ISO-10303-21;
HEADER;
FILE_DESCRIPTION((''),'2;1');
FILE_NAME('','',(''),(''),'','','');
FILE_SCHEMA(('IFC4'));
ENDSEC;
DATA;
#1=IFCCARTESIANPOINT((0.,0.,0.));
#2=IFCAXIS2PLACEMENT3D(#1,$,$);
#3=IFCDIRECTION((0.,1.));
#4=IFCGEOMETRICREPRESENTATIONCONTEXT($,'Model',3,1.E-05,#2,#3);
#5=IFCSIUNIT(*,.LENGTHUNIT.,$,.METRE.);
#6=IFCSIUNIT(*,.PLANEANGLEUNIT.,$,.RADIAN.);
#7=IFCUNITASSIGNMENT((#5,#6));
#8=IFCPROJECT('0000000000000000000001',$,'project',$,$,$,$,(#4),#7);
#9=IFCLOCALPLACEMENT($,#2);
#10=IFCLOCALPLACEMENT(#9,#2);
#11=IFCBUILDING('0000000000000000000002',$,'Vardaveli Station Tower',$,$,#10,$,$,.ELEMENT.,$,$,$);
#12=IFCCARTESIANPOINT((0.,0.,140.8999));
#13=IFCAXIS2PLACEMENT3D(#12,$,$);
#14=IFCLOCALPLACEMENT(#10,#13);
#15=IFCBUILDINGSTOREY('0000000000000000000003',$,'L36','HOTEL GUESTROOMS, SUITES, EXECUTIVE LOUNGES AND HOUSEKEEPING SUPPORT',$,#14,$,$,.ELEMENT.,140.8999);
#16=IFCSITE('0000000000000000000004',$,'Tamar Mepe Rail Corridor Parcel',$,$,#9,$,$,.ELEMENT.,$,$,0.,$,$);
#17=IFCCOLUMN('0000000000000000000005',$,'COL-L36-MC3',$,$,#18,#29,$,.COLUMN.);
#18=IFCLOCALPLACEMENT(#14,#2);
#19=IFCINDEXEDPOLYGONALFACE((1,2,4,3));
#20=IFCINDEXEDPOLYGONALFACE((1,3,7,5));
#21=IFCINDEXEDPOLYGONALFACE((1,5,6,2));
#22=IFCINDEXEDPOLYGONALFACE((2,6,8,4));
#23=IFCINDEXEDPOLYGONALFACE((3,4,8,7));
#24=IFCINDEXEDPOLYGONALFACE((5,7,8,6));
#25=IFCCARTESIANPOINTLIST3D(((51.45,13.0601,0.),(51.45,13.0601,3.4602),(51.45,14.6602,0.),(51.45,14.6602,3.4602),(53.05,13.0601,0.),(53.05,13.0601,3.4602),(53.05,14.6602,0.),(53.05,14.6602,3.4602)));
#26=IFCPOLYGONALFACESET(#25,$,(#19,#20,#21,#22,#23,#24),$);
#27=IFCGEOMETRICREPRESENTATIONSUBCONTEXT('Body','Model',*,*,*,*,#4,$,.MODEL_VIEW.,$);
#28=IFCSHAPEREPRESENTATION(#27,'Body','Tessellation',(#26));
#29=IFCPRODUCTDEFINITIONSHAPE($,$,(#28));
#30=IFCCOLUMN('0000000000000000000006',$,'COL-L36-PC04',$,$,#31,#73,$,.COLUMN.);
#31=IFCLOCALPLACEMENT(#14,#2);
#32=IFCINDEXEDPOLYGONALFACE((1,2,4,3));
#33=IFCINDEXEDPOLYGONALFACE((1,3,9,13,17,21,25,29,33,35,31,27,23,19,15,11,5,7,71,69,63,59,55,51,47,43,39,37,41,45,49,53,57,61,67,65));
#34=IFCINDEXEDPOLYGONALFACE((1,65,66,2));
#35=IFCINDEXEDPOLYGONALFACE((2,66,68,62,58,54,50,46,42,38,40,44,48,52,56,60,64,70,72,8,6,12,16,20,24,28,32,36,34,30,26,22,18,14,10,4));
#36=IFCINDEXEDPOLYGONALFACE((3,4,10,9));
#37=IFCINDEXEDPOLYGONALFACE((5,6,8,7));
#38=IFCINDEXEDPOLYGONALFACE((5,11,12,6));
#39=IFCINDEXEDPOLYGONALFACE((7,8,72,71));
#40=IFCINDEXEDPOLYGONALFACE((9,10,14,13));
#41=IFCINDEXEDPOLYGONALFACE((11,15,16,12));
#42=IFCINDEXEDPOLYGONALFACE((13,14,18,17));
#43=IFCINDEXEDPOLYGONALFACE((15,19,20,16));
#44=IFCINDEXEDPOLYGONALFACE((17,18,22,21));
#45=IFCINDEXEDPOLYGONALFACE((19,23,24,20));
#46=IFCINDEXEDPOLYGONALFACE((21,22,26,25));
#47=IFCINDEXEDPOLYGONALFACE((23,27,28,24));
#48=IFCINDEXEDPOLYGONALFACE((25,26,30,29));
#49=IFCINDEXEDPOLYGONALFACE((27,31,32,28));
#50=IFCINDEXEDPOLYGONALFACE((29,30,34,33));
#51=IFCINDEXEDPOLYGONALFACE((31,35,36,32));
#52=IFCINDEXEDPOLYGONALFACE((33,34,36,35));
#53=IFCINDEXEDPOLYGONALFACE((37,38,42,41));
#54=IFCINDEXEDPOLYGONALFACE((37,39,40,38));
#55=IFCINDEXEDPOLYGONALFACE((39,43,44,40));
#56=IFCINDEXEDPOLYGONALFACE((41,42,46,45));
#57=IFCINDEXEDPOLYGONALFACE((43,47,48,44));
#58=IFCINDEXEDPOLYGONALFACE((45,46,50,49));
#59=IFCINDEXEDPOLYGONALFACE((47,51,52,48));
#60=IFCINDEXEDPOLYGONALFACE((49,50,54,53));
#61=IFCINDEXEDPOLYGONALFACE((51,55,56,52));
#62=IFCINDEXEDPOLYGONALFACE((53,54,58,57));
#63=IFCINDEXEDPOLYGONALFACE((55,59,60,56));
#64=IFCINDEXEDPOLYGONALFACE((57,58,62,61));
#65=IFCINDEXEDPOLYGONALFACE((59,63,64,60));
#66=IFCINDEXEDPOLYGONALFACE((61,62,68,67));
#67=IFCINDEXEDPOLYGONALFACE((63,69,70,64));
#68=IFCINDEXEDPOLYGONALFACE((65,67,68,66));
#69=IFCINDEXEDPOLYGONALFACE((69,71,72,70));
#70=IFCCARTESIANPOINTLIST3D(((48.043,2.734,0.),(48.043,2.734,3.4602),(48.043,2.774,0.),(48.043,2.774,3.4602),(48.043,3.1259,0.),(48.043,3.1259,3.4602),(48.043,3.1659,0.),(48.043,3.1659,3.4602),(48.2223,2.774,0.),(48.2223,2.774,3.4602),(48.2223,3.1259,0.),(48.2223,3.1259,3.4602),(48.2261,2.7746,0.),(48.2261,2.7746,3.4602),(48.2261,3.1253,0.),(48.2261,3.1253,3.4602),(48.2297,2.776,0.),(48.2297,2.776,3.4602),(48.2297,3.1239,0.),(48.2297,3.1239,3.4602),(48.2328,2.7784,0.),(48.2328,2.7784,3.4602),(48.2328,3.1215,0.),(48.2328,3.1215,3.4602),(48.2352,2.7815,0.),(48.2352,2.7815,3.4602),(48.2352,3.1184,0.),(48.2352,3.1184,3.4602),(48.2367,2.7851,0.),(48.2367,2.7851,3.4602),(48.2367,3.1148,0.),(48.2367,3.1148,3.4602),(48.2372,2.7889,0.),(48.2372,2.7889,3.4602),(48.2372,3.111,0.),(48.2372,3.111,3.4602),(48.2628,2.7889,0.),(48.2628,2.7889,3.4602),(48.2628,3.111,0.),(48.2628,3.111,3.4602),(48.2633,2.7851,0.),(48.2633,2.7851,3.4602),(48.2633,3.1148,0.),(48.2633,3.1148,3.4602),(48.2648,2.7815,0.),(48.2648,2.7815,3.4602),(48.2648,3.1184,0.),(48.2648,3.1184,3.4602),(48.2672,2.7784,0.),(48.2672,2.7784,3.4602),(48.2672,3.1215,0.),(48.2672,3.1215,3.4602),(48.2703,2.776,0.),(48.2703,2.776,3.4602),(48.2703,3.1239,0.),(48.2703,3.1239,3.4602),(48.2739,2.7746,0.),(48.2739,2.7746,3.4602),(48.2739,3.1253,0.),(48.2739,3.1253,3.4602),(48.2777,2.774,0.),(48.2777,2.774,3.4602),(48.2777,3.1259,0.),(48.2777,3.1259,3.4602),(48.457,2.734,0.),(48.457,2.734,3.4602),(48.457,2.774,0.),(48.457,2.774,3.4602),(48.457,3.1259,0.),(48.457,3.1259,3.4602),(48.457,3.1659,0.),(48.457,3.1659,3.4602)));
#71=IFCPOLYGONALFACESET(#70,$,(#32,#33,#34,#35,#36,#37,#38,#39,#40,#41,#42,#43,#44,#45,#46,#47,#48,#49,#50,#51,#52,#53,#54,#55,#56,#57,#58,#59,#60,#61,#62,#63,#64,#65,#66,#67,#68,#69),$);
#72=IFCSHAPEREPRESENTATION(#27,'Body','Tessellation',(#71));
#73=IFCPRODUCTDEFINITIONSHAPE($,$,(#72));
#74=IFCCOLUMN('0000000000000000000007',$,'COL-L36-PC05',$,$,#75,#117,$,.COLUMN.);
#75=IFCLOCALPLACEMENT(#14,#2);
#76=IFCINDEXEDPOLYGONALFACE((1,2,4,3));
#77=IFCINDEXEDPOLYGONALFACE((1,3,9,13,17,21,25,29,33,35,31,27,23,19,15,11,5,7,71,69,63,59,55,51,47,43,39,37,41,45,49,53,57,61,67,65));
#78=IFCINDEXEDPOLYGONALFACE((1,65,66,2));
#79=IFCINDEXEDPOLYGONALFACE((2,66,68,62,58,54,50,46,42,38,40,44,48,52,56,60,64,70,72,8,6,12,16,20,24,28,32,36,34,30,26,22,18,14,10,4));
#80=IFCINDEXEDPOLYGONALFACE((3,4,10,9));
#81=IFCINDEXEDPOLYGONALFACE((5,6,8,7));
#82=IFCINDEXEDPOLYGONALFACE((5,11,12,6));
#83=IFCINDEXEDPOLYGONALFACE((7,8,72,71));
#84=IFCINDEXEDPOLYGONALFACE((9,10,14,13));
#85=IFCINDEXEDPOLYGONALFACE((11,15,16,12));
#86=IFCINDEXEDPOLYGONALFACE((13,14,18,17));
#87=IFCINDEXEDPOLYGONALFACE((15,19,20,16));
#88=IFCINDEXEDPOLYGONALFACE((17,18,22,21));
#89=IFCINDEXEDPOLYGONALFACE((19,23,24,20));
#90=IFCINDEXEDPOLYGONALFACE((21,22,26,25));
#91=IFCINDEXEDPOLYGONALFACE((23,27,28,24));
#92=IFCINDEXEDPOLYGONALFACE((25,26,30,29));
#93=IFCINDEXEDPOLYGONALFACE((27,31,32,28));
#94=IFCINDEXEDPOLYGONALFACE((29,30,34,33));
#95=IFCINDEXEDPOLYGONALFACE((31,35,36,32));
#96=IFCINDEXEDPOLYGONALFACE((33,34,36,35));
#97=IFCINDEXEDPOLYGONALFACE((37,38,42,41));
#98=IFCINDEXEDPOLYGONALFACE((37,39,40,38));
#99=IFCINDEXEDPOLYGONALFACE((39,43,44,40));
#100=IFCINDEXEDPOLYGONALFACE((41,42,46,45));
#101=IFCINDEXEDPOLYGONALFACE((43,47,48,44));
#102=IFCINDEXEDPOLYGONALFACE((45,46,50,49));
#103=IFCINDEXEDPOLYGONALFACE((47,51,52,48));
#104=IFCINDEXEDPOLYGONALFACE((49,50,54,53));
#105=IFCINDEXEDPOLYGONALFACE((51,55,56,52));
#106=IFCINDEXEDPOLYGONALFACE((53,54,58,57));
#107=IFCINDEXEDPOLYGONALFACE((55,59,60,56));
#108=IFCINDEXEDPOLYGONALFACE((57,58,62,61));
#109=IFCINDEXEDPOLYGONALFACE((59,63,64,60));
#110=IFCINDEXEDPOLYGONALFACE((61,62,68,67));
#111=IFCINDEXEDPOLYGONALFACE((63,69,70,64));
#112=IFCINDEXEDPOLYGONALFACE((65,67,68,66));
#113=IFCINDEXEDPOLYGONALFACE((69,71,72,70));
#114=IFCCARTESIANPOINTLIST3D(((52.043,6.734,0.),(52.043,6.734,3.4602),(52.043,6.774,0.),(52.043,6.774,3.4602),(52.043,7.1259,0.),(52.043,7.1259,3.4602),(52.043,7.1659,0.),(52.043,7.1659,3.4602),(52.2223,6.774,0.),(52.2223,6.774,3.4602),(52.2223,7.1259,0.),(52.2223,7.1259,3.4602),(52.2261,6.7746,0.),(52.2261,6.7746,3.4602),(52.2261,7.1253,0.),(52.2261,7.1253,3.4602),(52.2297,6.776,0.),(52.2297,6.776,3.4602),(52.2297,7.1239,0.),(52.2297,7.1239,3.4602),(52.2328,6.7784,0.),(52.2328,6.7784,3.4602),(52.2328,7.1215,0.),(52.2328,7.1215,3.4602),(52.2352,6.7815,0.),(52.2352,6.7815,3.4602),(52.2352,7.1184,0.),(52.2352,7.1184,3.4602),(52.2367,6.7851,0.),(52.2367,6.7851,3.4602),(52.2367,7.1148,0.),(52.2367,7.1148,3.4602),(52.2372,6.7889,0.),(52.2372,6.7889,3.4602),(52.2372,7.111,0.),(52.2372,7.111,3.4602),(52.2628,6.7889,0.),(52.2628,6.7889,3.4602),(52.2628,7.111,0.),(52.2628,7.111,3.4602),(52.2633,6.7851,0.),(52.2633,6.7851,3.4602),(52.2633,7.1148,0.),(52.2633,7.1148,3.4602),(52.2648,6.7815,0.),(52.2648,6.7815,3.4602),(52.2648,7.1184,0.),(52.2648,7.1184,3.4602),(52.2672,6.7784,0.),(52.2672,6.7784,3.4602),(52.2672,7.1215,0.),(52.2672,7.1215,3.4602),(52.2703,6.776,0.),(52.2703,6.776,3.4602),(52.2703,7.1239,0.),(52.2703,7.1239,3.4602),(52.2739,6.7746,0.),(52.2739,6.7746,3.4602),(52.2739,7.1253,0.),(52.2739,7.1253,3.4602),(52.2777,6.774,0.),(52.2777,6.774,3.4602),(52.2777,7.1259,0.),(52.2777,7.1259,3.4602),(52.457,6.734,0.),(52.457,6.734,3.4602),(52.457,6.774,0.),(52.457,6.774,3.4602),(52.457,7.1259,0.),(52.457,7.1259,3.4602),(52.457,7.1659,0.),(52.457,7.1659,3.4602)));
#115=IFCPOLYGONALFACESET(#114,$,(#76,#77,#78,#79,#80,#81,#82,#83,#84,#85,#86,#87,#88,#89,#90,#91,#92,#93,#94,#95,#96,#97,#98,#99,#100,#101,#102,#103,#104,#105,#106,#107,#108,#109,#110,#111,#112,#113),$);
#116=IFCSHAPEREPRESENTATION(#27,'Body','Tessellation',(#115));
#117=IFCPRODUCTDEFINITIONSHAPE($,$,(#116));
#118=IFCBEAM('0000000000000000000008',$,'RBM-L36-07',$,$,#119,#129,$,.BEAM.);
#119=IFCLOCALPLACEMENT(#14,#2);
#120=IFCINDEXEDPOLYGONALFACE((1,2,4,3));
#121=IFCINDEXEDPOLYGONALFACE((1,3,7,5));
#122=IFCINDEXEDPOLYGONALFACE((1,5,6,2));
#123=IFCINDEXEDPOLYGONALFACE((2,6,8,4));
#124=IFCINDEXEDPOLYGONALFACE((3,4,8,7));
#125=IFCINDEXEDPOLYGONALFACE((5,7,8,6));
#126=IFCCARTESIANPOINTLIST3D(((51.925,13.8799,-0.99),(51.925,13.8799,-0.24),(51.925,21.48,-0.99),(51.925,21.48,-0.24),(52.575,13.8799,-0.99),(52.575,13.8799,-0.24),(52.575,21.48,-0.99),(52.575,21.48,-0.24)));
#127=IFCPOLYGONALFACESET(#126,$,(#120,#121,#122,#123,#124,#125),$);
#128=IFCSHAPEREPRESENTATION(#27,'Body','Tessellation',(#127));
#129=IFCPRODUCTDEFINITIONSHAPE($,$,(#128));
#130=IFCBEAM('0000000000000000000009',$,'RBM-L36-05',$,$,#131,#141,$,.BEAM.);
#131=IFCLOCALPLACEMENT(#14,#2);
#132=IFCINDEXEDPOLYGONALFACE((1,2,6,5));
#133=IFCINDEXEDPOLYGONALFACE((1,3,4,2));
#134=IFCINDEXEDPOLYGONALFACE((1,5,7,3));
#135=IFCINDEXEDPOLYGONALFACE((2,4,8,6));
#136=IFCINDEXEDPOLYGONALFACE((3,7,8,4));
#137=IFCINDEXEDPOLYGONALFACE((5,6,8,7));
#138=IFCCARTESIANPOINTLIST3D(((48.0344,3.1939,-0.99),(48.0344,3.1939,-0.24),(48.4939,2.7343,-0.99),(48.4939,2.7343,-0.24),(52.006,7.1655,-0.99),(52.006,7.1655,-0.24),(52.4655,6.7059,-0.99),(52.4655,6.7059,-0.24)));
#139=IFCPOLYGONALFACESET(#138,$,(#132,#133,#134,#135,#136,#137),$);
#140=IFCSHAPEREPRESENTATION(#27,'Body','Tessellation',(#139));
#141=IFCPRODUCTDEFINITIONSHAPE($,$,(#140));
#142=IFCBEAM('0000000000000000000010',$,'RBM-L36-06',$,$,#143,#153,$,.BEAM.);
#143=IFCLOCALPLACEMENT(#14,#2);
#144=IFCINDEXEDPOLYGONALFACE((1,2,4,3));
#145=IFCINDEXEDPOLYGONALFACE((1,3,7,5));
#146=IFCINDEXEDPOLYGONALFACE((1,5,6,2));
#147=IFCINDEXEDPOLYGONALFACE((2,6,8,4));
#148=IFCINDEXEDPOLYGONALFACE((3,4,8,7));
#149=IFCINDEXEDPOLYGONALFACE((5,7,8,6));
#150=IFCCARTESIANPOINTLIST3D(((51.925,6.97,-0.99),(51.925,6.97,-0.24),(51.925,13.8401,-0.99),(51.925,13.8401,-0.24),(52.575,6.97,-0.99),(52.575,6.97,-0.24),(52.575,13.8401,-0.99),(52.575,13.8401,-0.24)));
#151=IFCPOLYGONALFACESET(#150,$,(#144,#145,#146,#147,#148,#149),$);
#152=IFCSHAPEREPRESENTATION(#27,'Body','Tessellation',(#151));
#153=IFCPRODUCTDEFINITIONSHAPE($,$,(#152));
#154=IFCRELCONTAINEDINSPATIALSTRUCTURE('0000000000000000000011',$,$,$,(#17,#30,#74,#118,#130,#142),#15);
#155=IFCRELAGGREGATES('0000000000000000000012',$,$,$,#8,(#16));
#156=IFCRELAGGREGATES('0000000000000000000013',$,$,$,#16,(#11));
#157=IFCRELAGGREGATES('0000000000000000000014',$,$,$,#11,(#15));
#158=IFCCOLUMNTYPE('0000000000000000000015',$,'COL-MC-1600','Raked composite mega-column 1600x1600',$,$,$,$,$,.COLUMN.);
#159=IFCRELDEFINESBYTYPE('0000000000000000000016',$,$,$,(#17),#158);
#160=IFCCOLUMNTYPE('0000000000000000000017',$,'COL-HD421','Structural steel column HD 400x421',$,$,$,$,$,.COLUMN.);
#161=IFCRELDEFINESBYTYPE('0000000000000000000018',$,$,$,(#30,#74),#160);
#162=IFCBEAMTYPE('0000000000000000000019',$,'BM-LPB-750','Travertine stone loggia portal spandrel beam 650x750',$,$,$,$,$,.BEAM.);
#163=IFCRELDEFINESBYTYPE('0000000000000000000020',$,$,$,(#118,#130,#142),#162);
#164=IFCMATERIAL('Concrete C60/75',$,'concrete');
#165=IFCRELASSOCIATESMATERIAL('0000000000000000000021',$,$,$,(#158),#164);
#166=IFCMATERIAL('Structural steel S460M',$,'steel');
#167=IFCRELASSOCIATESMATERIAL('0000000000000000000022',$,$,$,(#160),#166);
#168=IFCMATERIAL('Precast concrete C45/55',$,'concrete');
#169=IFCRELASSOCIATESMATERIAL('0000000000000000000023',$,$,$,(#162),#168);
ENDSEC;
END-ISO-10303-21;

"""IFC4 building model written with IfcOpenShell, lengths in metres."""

from ifc_helpers import new_model, si_unit, direction, frame, origin, origin_2d, place, context, subcontext, project, spatial, rectangle, i_section, extrude, source, transform, mapped, material, material_profile, profile_set, type_object, element, save


model = new_model("IFC4")

# Units and contexts
model_context = context("Model", 3, precision=1e-05, world=origin(), true_north=direction((0.0, 1.0)))
body_context = subcontext(model_context, "Body", "Model", "MODEL_VIEW")
ifc_project = project(units=[si_unit("LENGTHUNIT", "METRE"), si_unit("PLANEANGLEUNIT", "RADIAN")], contexts=[model_context])

# Site, building, storey
site_placement = place(None, origin())
site = spatial("IfcSite", under=ifc_project, at=site_placement, Name="Tamar Mepe Rail Corridor Parcel", CompositionType="ELEMENT", RefElevation=0.0)
building_placement = place(site_placement, origin())
building = spatial("IfcBuilding", under=site, at=building_placement, Name="Vardaveli Station Tower", CompositionType="ELEMENT")
storey_placement = place(building_placement, frame((0.0, 0.0, 140.8999)))
storey = spatial("IfcBuildingStorey", under=building, at=storey_placement, Name="L36", Description="HOTEL GUESTROOMS, SUITES, EXECUTIVE LOUNGES AND HOUSEKEEPING SUPPORT", CompositionType="ELEMENT", Elevation=140.8999)

# Columns
ifc_material_1 = material(Name="Concrete C60/75", Category="concrete")
ifc_material_profile_1 = material_profile(ifc_material_1, rectangle(XDim=1.6001, YDim=1.6001, at=origin_2d()), Name="MC 1600x1600")
ifc_profile_set_1 = profile_set([ifc_material_profile_1], Name="Concrete C60/75")
column_type_1 = type_object("IfcColumnType", Name="COL-MC-1600", Description="Raked composite mega-column 1600x1600", PredefinedType="COLUMN", material=ifc_profile_set_1)
shared_shape_1 = source(origin(), body_context, "Body", "SweptSolid", [
    extrude(rectangle(XDim=1.6001, YDim=1.6001, at=origin_2d()), origin(), (0.0, 0.0, 1.0), 3.4602),
])
column_placement = place(storey_placement, frame((52.25, 13.8601, 0.0), z_axis=(0.0, 0.0, 1.0), x_axis=(1.0, 0.0, 0.0)))
element("IfcColumn", 1, at=column_placement, inside=storey, type_object=column_type_1, Name="COL-L36-MC3", PredefinedType="COLUMN", context=body_context, shape_type="MappedRepresentation", body=[
    mapped(shared_shape_1, transform((0.0, 0.0, 0.0), scale=1.0)),
])
ifc_material_2 = material(Name="Structural steel S460M", Category="steel")
ifc_material_profile_2 = material_profile(ifc_material_2, i_section(OverallWidth=0.4141, OverallDepth=0.4319, WebThickness=0.0256, FlangeThickness=0.04, FilletRadius=0.0149, at=origin_2d()), Name="HD 400x421")
ifc_profile_set_2 = profile_set([ifc_material_profile_2], Name="Structural steel S460M")
column_type_2 = type_object("IfcColumnType", Name="COL-HD421", Description="Structural steel column HD 400x421", PredefinedType="COLUMN", material=ifc_profile_set_2)
shared_shape_2 = source(origin(), body_context, "Body", "SweptSolid", [
    extrude(i_section(OverallWidth=0.4141, OverallDepth=0.4319, WebThickness=0.0256, FlangeThickness=0.04, FilletRadius=0.0149, at=origin_2d()), origin(), (0.0, 0.0, 1.0), 3.4602),
])
for number, where, z_axis, x_axis, name in (
    (2, (48.25, 2.95, 0.0), (0.0, 0.0, 1.0), (1.0, 0.0, 0.0), "COL-L36-PC04"),
    (3, (52.25, 6.95, 0.0), (0.0, 0.0, 1.0), (1.0, 0.0, 0.0), "COL-L36-PC05"),
):
    element("IfcColumn", number, at=place(storey_placement, frame(where, z_axis=z_axis, x_axis=x_axis)), inside=storey, type_object=column_type_2, Name=name, PredefinedType="COLUMN", context=body_context, shape_type="MappedRepresentation", body=[
        mapped(shared_shape_2, transform((0.0, 0.0, 0.0), scale=1.0)),
    ])

# Beams
ifc_material_3 = material(Name="Precast concrete C45/55", Category="concrete")
ifc_material_profile_3 = material_profile(ifc_material_3, rectangle(XDim=0.6499, YDim=0.75, at=origin_2d()), Name="LPB 650x750")
ifc_profile_set_3 = profile_set([ifc_material_profile_3], Name="Precast concrete C45/55")
beam_type_1 = type_object("IfcBeamType", Name="BM-LPB-750", Description="Travertine stone loggia portal spandrel beam 650x750", PredefinedType="BEAM", material=ifc_profile_set_3)
shared_shape_3 = source(origin(), body_context, "Body", "SweptSolid", [
    extrude(rectangle(XDim=0.6499, YDim=0.75, at=origin_2d()), origin(), (0.0, 0.0, 1.0), 7.6001),
])
beam_1_placement = place(storey_placement, frame((52.25, 13.8799, -0.615), z_axis=(0.0, 1.0, 0.0), x_axis=(-1.0, 0.0, 0.0)))
element("IfcBeam", 4, at=beam_1_placement, inside=storey, type_object=beam_type_1, Name="RBM-L36-07", PredefinedType="BEAM", context=body_context, shape_type="MappedRepresentation", body=[
    mapped(shared_shape_3, transform((0.0, 0.0, 0.0), scale=1.0)),
])
shared_shape_4 = source(origin(), body_context, "Body", "SweptSolid", [
    extrude(rectangle(XDim=0.6499, YDim=0.75, at=origin_2d()), origin(), (0.0, 0.0, 1.0), 5.6167),
])
beam_2_placement = place(storey_placement, frame((48.2642, 2.9641, -0.615), z_axis=(0.707107, 0.707107, 0.0), x_axis=(-0.707107, 0.707107, 0.0)))
element("IfcBeam", 5, at=beam_2_placement, inside=storey, type_object=beam_type_1, Name="RBM-L36-05", PredefinedType="BEAM", context=body_context, shape_type="MappedRepresentation", body=[
    mapped(shared_shape_4, transform((0.0, 0.0, 0.0), scale=1.0)),
])
shared_shape_5 = source(origin(), body_context, "Body", "SweptSolid", [
    extrude(rectangle(XDim=0.6499, YDim=0.75, at=origin_2d()), origin(), (0.0, 0.0, 1.0), 6.8701),
])
beam_3_placement = place(storey_placement, frame((52.25, 6.97, -0.615), z_axis=(0.0, 1.0, 0.0), x_axis=(-1.0, 0.0, 0.0)))
element("IfcBeam", 6, at=beam_3_placement, inside=storey, type_object=beam_type_1, Name="RBM-L36-06", PredefinedType="BEAM", context=body_context, shape_type="MappedRepresentation", body=[
    mapped(shared_shape_5, transform((0.0, 0.0, 0.0), scale=1.0)),
])

save(model, "model.ifc")
